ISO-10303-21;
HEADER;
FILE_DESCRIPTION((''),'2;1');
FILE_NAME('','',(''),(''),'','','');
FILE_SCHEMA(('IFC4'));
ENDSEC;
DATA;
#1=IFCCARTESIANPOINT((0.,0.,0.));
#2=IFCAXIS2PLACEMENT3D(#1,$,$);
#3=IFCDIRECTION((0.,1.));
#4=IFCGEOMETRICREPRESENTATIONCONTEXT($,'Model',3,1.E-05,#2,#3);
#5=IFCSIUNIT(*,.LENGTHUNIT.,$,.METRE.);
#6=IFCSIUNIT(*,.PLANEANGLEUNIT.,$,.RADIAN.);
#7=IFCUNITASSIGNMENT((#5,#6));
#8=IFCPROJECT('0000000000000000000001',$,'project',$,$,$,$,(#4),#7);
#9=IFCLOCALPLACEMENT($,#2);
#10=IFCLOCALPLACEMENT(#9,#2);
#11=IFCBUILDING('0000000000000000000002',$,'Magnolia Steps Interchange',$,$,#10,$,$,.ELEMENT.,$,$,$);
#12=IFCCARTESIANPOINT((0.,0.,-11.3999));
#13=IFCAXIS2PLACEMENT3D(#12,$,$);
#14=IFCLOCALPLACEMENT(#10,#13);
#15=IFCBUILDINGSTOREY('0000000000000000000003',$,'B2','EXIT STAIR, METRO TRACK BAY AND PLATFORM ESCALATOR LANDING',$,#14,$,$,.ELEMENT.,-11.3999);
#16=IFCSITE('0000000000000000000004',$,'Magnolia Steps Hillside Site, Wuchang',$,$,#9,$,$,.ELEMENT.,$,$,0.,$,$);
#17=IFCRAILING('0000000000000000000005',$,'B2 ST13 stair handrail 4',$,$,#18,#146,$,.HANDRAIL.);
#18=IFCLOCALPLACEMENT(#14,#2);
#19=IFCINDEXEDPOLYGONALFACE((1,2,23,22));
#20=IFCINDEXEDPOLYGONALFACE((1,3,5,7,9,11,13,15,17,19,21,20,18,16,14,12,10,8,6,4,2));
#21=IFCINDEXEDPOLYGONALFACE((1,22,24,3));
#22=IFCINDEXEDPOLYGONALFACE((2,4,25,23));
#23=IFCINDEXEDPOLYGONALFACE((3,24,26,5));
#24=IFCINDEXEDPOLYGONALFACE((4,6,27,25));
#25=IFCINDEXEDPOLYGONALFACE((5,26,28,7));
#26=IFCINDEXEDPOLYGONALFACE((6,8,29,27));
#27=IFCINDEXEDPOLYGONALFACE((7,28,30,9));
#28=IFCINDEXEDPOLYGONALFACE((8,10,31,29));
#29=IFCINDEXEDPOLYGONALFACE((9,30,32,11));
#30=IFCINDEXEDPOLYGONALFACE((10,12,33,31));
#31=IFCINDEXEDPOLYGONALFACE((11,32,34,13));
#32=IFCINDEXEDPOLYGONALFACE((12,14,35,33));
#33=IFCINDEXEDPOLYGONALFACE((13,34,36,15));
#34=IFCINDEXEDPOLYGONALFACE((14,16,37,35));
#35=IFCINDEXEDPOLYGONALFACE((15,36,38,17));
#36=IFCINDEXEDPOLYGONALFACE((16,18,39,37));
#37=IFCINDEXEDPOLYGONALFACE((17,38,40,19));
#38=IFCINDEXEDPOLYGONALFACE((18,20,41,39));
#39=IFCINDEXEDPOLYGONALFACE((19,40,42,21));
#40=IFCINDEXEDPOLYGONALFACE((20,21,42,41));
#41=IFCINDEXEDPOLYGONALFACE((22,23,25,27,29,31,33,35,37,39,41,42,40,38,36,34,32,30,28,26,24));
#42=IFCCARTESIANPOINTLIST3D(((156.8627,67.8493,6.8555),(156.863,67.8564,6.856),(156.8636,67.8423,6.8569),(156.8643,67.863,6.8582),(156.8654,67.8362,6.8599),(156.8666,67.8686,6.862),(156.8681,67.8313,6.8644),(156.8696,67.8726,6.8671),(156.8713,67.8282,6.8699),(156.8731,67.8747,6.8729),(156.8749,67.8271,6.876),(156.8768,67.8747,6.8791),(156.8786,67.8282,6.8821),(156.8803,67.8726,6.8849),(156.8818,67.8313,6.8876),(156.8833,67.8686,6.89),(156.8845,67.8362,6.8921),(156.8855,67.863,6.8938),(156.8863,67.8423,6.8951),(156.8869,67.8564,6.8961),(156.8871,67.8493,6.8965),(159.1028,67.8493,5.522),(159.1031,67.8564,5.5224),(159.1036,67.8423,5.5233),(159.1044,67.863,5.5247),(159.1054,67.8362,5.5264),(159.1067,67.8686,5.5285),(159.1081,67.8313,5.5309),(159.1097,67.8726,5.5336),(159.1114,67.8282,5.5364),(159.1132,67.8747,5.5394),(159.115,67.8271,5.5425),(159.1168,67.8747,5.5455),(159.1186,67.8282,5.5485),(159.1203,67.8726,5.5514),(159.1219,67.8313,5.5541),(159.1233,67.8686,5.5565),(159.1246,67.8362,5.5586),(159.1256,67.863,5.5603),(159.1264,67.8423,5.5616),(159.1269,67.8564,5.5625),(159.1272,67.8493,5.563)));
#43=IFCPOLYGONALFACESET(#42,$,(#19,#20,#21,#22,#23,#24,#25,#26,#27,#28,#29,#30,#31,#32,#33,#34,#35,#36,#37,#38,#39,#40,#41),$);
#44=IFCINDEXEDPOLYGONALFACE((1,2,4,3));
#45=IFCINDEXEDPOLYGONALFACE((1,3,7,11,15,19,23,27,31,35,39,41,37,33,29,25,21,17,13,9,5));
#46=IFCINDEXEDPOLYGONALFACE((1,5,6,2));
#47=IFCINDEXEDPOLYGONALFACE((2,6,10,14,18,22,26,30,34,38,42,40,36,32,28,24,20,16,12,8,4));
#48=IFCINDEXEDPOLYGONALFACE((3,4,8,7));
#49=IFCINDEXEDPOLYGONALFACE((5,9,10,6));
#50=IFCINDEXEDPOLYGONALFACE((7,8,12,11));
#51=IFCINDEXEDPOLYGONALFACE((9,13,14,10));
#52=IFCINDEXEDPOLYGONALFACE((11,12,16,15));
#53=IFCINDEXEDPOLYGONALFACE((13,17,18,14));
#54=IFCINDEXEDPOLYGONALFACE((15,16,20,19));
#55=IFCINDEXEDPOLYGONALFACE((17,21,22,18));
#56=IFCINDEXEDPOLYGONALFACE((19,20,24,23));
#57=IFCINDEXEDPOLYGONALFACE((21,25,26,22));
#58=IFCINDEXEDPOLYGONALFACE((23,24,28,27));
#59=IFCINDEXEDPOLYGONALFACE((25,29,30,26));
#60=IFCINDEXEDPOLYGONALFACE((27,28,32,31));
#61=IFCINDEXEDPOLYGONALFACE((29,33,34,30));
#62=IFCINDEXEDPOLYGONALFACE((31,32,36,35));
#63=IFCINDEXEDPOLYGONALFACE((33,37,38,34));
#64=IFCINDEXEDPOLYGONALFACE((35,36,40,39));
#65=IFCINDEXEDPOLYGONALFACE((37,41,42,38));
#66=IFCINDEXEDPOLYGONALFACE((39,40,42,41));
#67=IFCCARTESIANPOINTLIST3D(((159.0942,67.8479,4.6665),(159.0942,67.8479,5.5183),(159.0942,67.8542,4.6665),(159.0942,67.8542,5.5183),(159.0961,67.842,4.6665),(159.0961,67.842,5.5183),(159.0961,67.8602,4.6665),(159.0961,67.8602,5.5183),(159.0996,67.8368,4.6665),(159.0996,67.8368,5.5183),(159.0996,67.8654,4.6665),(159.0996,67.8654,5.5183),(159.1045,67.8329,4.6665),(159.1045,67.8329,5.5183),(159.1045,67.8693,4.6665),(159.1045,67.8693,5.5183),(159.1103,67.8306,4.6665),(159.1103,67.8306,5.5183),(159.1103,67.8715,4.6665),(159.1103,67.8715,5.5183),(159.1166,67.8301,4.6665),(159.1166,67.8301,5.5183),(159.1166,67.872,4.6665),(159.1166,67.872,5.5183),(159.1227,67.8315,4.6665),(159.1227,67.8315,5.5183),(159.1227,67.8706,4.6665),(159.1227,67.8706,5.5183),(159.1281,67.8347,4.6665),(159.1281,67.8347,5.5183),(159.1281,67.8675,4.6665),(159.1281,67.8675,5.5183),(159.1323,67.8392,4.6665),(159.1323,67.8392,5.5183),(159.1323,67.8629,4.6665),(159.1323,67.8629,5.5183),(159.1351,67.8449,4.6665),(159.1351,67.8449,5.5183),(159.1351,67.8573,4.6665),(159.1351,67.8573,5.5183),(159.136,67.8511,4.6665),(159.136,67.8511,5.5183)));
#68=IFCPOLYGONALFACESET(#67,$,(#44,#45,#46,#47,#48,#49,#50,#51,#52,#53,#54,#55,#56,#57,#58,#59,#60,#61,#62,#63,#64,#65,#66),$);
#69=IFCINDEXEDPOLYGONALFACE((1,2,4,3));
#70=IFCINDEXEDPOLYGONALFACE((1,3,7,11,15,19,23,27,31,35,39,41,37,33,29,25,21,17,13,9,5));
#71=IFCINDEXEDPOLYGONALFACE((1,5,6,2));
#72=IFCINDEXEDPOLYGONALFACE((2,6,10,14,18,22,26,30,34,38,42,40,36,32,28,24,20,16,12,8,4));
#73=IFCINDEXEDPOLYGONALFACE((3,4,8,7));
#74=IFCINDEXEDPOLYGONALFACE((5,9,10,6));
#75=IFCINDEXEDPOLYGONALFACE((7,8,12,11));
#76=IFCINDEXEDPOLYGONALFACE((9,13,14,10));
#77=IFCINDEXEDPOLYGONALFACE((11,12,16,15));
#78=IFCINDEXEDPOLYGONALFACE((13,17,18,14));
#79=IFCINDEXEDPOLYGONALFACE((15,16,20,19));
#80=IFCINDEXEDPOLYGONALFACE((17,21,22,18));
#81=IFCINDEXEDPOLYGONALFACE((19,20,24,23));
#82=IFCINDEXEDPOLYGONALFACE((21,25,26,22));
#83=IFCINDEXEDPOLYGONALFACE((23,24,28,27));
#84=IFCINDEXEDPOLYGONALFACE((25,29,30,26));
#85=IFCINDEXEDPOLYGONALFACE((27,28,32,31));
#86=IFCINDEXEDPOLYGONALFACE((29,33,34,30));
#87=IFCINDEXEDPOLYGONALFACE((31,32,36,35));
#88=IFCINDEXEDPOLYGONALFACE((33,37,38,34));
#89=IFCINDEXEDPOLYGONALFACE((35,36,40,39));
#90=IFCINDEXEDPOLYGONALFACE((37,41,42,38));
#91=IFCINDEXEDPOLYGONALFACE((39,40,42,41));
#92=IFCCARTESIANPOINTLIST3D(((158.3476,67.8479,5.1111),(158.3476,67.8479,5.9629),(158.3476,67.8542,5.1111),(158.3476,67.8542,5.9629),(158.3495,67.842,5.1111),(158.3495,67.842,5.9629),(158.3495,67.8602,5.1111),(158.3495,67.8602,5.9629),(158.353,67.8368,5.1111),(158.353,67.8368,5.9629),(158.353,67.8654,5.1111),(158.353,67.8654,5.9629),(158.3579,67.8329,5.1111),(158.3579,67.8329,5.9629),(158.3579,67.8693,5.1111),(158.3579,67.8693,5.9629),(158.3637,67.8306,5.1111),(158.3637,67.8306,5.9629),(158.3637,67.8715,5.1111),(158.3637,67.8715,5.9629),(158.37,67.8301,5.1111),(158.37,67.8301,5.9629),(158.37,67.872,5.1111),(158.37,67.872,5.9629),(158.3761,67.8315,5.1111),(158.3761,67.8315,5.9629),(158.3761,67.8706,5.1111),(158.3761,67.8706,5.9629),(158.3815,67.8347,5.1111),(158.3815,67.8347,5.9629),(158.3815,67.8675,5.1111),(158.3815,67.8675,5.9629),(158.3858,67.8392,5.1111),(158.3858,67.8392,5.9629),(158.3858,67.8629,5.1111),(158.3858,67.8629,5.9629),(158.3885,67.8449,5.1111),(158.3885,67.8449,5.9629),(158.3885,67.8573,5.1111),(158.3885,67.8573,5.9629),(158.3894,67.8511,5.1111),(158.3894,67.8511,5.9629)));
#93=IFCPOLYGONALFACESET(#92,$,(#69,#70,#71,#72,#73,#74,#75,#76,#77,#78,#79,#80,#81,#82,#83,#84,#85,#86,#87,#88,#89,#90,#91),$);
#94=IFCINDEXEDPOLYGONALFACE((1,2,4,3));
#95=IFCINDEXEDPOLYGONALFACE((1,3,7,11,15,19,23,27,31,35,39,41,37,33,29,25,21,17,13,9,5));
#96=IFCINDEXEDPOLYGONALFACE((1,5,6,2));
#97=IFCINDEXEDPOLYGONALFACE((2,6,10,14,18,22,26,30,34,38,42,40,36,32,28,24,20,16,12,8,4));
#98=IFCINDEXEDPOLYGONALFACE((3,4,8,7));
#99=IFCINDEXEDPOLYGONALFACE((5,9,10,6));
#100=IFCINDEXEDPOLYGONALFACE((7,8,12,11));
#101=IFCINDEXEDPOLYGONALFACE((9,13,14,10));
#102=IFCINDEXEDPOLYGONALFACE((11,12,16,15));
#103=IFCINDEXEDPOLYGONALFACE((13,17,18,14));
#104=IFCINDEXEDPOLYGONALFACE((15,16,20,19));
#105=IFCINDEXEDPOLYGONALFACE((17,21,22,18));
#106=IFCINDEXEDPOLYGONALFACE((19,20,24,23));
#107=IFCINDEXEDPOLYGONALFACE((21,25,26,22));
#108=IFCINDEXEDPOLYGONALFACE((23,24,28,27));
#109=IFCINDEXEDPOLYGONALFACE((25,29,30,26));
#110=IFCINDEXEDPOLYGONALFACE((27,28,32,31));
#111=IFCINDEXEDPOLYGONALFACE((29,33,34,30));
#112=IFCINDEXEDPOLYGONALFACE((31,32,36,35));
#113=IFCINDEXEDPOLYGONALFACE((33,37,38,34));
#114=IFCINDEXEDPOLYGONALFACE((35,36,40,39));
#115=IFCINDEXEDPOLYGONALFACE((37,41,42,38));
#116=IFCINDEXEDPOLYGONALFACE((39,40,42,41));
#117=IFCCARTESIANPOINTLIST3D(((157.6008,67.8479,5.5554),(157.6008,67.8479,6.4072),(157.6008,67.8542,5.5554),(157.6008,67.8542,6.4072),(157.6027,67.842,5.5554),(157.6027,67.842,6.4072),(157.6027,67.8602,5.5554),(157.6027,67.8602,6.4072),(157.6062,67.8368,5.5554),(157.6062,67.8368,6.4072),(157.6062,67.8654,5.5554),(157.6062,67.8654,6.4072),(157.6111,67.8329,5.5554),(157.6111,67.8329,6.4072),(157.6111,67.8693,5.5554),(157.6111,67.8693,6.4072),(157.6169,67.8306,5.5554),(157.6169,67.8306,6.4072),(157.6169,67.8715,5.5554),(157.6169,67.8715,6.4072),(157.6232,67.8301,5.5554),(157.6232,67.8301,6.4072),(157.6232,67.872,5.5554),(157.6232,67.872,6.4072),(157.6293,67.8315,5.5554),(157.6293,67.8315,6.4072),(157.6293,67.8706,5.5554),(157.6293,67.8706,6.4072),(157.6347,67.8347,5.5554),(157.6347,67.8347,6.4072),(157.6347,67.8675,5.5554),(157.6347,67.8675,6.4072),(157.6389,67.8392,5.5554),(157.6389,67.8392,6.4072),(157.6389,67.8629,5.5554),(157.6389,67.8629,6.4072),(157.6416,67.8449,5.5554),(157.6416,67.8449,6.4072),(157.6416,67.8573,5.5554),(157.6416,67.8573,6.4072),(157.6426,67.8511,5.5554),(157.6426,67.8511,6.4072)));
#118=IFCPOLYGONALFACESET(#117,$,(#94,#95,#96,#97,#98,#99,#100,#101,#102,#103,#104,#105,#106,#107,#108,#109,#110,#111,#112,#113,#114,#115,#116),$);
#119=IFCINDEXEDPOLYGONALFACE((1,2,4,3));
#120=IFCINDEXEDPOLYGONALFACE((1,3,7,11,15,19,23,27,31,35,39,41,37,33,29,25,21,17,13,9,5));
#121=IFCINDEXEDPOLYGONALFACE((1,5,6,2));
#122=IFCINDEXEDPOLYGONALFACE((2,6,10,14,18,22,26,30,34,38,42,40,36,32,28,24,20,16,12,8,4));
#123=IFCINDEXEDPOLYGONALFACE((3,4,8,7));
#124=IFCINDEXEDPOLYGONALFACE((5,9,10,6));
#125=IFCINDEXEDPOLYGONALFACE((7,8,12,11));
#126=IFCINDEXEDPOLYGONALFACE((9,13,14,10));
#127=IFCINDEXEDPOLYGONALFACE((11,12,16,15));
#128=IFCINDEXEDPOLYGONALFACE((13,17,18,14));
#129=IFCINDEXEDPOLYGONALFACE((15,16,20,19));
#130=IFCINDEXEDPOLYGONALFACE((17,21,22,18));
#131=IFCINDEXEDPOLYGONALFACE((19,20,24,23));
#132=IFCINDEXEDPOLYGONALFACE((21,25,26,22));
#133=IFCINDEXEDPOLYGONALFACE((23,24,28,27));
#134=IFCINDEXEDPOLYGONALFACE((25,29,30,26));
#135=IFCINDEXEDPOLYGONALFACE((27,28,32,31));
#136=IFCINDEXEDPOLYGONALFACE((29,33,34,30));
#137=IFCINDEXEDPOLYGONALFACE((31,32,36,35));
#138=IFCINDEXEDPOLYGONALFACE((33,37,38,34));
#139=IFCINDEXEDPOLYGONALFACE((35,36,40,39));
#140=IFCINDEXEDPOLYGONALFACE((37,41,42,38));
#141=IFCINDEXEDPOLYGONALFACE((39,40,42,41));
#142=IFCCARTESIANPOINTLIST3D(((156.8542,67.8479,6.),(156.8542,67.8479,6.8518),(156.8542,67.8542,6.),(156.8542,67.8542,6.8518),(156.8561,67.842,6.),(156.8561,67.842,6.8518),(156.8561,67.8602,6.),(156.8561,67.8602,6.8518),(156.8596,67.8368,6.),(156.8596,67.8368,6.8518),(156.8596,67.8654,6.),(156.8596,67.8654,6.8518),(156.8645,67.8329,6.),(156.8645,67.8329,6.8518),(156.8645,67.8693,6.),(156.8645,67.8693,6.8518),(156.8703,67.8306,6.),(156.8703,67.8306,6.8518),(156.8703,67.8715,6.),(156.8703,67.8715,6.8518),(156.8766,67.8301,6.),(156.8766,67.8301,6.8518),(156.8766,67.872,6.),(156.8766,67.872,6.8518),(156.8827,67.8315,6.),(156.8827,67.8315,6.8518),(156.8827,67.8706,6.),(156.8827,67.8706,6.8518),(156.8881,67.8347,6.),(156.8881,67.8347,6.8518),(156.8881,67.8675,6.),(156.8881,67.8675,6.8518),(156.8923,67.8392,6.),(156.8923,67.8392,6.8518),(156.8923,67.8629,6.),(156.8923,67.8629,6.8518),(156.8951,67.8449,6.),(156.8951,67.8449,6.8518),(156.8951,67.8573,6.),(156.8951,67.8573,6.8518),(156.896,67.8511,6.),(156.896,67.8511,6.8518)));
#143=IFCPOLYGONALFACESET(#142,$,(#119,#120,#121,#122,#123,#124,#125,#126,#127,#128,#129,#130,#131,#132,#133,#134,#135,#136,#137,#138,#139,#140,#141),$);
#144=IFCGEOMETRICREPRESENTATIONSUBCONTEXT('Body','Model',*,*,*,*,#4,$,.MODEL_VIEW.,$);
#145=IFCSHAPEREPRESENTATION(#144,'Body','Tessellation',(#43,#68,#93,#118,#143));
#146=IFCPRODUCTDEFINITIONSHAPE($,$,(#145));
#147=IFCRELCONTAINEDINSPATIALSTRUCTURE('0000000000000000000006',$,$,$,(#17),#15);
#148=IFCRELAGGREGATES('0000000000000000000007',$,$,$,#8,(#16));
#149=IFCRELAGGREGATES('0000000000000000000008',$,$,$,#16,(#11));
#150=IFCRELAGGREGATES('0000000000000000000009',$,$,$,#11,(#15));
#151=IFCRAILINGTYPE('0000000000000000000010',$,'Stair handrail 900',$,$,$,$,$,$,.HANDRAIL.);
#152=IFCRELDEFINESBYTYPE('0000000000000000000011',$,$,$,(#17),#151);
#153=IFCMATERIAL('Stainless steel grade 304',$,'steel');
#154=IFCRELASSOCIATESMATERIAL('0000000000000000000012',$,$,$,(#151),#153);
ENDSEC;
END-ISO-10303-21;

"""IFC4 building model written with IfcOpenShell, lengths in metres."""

from ifc_helpers import new_model, si_unit, direction, frame, origin, origin_2d, place, context, subcontext, project, spatial, circle, extrude, material, type_object, element, save


model = new_model("IFC4")

# Units and contexts
model_context = context("Model", 3, precision=1e-05, world=origin(), true_north=direction((0.0, 1.0)))
body_context = subcontext(model_context, "Body", "Model", "MODEL_VIEW")
ifc_project = project(units=[si_unit("LENGTHUNIT", "METRE"), si_unit("PLANEANGLEUNIT", "RADIAN")], contexts=[model_context])

# Site, building, storey
site_placement = place(None, origin())
site = spatial("IfcSite", under=ifc_project, at=site_placement, Name="Magnolia Steps Hillside Site, Wuchang", CompositionType="ELEMENT", RefElevation=0.0)
building_placement = place(site_placement, origin())
building = spatial("IfcBuilding", under=site, at=building_placement, Name="Magnolia Steps Interchange", CompositionType="ELEMENT")
storey_placement = place(building_placement, frame((0.0, 0.0, -11.3999)))
storey = spatial("IfcBuildingStorey", under=building, at=storey_placement, Name="B2", Description="EXIT STAIR, METRO TRACK BAY AND PLATFORM ESCALATOR LANDING", CompositionType="ELEMENT", Elevation=-11.3999)

# Railing
ifc_material_1 = material(Name="Stainless steel grade 304", Category="steel")
railing_type_1 = type_object("IfcRailingType", Name="Stair handrail 900", PredefinedType="HANDRAIL", material=ifc_material_1)
for number, where, name in (
    (1, (159.115, 67.8511, 4.6665), "B2 ST13 stair handrail 4"),
):
    element("IfcRailing", number, at=place(storey_placement, frame(where)), inside=storey, type_object=railing_type_1, Name=name, PredefinedType="HANDRAIL", context=body_context, shape_type="SweptSolid", body=[
        extrude(circle(Radius=0.0239, at=origin_2d()), frame((0.0, 0.0, 0.876), z_axis=(-0.859264, 0.0, 0.511532), x_axis=(0.0, -1.0, 0.0)), (0.0, 0.0, 1.0), 2.6069),
        extrude(circle(Radius=0.021, at=origin_2d()), origin(), (0.0, 0.0, 1.0), 0.8518),
        extrude(circle(Radius=0.021, at=origin_2d()), frame((-0.7466, 0.0, 0.4446)), (0.0, 0.0, 1.0), 0.8518),
        extrude(circle(Radius=0.021, at=origin_2d()), frame((-1.4934, 0.0, 0.8889)), (0.0, 0.0, 1.0), 0.8518),
        extrude(circle(Radius=0.021, at=origin_2d()), frame((-2.24, 0.0, 1.3335)), (0.0, 0.0, 1.0), 0.8518),
    ])

save(model, "model.ifc")
